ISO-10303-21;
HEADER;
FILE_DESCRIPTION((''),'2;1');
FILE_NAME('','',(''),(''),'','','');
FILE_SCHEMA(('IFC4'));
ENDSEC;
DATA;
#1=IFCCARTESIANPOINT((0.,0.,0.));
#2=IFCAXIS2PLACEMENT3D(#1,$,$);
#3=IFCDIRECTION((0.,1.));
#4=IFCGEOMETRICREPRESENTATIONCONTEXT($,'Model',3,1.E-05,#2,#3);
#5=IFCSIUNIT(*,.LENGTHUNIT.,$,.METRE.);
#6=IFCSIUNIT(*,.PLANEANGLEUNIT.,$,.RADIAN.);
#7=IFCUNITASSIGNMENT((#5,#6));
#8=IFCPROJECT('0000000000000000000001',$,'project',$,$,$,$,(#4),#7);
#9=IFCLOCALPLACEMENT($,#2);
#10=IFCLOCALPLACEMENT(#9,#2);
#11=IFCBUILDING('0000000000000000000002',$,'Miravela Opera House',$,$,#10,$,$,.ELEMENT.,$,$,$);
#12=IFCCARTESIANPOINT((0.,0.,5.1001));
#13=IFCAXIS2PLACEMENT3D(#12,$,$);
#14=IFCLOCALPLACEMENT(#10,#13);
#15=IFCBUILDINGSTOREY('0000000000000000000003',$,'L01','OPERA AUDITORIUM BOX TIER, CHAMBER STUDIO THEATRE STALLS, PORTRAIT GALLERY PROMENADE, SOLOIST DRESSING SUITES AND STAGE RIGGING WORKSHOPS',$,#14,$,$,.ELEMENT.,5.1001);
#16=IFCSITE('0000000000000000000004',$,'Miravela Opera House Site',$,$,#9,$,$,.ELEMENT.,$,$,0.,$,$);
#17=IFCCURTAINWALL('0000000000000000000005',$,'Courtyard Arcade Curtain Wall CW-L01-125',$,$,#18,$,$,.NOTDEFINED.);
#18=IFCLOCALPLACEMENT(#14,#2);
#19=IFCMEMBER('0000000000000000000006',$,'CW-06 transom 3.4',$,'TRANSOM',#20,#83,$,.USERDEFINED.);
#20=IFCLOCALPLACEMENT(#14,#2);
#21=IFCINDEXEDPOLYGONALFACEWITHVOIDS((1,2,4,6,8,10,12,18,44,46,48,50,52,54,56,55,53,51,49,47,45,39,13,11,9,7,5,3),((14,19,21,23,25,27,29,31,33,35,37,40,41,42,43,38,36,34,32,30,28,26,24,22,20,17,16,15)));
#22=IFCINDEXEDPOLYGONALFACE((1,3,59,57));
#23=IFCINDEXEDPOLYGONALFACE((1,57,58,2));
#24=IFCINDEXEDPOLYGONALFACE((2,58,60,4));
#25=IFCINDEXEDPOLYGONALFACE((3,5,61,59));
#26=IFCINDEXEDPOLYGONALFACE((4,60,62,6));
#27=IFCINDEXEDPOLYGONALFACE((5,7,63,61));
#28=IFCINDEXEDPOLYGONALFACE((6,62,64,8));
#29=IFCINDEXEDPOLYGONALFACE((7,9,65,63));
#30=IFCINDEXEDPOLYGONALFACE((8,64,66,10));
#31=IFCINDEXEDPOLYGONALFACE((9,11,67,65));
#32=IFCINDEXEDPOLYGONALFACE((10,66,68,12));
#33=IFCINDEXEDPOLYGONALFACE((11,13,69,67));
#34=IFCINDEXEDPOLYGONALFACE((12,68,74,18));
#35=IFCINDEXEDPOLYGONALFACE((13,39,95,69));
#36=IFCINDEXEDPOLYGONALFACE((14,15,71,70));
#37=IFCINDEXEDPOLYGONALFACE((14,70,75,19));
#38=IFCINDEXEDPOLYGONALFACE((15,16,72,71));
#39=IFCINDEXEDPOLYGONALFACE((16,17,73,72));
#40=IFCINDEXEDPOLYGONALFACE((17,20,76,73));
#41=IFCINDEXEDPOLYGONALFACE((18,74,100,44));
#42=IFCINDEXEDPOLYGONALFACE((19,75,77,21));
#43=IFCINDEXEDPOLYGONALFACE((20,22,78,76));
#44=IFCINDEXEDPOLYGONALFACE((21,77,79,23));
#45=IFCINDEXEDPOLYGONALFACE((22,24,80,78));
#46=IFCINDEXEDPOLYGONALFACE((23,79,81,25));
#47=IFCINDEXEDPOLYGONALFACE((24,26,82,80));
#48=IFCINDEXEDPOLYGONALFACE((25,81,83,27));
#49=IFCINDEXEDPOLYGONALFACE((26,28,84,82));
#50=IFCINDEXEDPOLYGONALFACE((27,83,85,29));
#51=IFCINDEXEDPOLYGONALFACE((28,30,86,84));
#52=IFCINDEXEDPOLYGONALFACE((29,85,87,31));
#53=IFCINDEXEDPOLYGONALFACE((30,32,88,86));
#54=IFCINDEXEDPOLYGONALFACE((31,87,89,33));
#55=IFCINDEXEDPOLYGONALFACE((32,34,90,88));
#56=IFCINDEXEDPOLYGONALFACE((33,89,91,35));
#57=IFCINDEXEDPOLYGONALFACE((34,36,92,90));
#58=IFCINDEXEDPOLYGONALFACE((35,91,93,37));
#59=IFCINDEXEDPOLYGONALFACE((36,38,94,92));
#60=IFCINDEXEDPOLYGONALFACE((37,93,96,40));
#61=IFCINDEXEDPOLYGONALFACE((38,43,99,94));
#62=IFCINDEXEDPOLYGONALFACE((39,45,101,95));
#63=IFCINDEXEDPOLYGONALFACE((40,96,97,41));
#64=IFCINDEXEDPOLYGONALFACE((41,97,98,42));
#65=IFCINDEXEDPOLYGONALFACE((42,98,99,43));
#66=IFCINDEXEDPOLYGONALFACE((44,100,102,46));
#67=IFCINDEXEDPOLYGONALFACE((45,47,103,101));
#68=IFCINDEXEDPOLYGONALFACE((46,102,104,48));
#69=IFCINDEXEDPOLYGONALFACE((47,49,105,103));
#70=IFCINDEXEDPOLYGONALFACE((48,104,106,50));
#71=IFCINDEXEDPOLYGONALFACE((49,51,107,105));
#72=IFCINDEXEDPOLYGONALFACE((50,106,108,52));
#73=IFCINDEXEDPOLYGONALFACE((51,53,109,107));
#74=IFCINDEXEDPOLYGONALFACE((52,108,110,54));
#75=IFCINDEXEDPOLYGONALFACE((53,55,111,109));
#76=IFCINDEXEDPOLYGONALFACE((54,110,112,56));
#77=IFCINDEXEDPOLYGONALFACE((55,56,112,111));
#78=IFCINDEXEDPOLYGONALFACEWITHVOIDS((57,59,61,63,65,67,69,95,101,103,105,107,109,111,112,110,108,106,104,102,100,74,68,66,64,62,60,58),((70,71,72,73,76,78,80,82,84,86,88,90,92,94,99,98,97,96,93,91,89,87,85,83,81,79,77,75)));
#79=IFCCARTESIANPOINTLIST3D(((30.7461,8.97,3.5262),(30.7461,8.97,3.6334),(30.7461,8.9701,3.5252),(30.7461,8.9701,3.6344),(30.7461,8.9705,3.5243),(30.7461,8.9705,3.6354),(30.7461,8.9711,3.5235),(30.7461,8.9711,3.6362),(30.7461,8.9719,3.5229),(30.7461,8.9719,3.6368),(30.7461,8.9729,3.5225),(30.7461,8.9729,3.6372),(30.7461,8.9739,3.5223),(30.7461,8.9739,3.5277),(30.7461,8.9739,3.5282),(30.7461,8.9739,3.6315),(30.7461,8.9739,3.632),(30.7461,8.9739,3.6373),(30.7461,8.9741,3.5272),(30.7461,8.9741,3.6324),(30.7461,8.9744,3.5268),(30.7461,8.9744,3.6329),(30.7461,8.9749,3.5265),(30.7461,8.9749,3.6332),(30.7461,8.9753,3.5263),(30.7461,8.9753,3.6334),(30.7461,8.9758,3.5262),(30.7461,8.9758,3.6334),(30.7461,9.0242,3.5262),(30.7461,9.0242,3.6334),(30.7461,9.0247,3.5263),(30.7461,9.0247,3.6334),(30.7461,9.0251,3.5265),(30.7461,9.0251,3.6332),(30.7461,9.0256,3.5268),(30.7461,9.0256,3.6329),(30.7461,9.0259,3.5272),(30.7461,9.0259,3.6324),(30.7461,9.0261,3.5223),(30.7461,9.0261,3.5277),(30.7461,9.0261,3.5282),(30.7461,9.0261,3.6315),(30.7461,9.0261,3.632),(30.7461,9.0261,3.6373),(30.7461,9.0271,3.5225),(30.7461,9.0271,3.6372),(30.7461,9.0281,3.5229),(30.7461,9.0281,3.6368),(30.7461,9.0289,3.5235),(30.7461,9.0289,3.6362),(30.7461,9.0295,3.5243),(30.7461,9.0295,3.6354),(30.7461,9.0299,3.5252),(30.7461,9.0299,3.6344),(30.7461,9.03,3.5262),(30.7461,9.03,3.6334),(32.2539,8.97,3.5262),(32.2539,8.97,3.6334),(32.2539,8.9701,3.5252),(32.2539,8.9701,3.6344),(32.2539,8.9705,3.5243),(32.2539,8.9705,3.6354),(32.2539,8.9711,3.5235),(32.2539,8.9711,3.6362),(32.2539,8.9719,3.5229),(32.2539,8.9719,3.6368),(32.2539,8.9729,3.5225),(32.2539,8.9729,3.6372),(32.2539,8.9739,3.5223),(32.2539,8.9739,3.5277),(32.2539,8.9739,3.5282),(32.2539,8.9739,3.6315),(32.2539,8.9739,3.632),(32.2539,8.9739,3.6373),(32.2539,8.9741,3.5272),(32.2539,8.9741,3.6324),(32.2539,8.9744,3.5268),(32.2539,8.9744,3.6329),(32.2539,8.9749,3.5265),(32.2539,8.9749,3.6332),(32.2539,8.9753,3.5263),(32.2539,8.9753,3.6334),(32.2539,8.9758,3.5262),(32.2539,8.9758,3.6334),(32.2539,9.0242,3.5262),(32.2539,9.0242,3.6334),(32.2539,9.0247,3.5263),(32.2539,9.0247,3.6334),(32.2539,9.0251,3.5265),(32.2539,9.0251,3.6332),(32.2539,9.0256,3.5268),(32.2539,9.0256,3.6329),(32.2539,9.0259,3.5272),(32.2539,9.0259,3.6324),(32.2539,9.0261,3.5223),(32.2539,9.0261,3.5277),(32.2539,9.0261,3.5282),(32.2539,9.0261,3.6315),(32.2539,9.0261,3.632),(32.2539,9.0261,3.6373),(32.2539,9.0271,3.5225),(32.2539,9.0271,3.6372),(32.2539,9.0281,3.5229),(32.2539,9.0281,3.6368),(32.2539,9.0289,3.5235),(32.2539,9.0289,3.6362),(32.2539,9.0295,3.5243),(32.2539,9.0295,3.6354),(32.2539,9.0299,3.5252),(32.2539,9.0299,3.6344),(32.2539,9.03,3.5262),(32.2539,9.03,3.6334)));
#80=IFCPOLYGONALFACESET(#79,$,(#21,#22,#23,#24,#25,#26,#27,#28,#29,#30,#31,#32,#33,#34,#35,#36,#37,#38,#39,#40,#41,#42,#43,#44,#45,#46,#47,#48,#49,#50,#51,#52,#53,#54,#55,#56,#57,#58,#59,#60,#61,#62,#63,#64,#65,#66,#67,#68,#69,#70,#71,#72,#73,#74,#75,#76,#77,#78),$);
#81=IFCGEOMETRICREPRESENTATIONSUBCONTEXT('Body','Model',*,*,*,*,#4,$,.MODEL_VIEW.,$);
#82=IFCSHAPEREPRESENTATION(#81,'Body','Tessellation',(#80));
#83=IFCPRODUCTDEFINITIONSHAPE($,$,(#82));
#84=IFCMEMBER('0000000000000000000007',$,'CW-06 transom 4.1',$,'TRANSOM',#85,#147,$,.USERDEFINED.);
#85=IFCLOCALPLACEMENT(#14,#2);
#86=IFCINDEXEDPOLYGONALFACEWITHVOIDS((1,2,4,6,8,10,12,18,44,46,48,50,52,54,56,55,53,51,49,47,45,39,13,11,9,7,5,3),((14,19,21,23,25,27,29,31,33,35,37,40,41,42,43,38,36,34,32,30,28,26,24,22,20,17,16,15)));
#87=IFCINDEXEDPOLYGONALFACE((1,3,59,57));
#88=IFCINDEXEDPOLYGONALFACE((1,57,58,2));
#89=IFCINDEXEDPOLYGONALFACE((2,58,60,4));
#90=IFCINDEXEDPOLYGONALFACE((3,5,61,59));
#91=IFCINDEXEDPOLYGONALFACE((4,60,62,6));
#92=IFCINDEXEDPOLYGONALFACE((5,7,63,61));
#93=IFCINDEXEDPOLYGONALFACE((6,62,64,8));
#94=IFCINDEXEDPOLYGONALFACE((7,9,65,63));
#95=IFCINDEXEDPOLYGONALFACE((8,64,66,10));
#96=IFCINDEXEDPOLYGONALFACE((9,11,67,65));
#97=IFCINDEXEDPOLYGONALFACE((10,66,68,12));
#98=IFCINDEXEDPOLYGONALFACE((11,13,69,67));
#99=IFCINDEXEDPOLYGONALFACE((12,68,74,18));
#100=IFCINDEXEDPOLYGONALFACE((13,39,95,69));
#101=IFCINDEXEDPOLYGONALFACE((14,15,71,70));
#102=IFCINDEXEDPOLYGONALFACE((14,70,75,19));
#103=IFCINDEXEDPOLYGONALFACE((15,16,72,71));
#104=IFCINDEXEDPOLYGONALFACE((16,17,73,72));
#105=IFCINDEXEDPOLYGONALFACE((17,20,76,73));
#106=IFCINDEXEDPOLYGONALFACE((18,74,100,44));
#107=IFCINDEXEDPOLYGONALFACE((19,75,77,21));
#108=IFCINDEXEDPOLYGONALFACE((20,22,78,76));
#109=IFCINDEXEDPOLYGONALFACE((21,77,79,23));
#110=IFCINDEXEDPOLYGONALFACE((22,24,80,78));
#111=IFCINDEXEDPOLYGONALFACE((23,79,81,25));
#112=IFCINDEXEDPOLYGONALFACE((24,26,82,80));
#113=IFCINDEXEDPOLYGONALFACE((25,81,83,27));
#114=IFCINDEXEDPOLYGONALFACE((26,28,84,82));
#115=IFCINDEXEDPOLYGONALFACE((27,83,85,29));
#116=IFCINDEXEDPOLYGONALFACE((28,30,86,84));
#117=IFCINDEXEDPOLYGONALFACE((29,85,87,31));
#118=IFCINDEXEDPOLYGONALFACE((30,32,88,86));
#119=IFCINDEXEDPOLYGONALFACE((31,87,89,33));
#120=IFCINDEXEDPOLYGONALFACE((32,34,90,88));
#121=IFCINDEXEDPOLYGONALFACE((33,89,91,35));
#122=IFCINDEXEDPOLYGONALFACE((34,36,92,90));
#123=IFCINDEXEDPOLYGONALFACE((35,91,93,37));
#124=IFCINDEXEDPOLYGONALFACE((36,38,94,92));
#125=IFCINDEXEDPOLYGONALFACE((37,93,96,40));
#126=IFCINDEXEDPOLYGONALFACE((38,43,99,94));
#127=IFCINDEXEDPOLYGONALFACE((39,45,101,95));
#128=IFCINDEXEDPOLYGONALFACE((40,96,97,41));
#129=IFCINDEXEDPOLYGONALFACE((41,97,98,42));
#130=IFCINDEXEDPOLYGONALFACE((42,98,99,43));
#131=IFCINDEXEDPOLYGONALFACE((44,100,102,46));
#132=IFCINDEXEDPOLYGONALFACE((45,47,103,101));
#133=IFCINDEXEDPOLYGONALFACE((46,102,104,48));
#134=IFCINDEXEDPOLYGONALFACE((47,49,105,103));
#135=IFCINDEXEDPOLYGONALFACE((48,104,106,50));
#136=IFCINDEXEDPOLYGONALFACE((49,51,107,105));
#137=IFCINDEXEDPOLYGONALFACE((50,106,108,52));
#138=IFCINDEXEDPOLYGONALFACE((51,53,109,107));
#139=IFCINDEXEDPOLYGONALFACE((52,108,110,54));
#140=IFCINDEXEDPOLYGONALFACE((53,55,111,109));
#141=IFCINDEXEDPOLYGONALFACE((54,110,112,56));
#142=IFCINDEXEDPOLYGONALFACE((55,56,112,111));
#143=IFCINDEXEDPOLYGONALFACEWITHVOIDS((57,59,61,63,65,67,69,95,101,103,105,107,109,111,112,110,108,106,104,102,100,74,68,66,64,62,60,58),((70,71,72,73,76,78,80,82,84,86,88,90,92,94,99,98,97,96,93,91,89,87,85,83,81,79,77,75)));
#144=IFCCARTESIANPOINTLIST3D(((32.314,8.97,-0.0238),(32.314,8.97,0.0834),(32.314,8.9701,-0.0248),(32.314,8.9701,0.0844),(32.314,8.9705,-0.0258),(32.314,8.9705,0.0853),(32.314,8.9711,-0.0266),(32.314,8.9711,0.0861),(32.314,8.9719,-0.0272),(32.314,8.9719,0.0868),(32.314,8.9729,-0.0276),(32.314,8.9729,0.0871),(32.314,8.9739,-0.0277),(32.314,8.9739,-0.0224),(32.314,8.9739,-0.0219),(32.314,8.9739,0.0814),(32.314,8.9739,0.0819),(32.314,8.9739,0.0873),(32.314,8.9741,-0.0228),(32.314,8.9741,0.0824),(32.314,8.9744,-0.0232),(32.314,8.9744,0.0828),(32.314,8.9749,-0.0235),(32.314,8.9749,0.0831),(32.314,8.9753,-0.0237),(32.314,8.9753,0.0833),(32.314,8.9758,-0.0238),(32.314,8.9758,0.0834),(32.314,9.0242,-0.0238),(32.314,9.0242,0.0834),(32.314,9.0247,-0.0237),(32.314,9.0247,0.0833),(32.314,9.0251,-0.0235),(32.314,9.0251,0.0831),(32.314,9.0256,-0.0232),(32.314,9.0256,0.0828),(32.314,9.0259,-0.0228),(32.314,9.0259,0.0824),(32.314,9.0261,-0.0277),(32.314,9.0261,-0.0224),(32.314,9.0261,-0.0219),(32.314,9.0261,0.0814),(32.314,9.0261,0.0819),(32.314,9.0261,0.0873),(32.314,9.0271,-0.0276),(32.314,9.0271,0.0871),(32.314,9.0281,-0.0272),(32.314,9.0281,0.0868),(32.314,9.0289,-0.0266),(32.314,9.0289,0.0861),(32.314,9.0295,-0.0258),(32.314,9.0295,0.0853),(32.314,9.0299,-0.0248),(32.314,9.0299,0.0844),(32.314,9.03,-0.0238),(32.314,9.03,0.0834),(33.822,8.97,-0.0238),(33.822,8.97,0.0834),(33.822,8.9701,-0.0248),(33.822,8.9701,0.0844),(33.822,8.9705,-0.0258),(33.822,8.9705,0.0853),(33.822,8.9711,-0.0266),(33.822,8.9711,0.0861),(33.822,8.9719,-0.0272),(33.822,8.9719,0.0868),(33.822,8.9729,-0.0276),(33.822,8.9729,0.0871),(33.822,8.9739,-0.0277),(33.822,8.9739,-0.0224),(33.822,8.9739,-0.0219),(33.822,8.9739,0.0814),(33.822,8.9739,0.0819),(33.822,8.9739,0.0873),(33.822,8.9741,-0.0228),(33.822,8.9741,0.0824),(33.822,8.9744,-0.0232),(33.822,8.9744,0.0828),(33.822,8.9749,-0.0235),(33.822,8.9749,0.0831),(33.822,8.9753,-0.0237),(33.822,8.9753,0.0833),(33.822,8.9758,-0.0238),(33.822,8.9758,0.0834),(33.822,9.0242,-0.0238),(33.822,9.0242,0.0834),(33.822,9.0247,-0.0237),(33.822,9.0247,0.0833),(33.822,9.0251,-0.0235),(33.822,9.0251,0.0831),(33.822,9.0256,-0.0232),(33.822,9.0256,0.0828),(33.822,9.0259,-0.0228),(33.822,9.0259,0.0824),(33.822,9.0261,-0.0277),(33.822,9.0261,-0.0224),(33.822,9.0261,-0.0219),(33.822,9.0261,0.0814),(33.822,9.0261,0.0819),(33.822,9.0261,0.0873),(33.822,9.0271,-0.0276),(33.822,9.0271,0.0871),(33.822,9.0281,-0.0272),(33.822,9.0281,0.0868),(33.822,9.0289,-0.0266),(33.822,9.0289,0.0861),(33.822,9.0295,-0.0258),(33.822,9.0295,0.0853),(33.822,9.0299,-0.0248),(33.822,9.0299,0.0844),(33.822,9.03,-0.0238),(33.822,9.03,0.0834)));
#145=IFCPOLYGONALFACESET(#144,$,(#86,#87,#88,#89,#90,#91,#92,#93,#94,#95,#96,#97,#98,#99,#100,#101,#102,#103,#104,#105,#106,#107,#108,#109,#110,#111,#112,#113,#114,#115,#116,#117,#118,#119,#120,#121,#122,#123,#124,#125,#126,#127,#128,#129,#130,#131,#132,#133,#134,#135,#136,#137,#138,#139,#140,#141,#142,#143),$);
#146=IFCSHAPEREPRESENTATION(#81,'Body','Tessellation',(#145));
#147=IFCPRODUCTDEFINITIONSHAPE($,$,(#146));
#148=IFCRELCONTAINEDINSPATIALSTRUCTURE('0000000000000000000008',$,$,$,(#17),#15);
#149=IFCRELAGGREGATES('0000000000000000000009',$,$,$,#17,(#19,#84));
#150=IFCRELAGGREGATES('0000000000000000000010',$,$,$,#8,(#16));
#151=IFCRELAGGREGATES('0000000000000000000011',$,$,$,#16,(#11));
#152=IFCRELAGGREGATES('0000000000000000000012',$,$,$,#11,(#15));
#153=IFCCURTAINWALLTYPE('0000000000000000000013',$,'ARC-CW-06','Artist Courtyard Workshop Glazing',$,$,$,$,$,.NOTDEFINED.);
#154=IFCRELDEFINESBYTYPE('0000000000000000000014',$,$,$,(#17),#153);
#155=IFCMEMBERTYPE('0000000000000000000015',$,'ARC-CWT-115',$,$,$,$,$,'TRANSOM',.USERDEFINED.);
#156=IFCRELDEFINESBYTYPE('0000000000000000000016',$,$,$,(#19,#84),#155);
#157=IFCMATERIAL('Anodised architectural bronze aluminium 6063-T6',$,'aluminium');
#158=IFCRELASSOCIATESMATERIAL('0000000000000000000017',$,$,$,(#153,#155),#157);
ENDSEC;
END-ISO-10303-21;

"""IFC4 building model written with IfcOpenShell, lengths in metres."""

from ifc_helpers import new_model, si_unit, direction, frame, origin, origin_2d, place, context, subcontext, project, spatial, hollow_rectangle, extrude, material, material_profile, profile_set, type_object, element, aggregate, save


model = new_model("IFC4")

# Units and contexts
model_context = context("Model", 3, precision=1e-05, world=origin(), true_north=direction((0.0, 1.0)))
body_context = subcontext(model_context, "Body", "Model", "MODEL_VIEW")
ifc_project = project(units=[si_unit("LENGTHUNIT", "METRE"), si_unit("PLANEANGLEUNIT", "RADIAN")], contexts=[model_context])

# Site, building, storey
site_placement = place(None, origin())
site = spatial("IfcSite", under=ifc_project, at=site_placement, Name="Miravela Opera House Site", CompositionType="ELEMENT", RefElevation=0.0)
building_placement = place(site_placement, origin())
building = spatial("IfcBuilding", under=site, at=building_placement, Name="Miravela Opera House", CompositionType="ELEMENT")
storey_placement = place(building_placement, frame((0.0, 0.0, 5.1001)))
storey = spatial("IfcBuildingStorey", under=building, at=storey_placement, Name="L01", Description="OPERA AUDITORIUM BOX TIER, CHAMBER STUDIO THEATRE STALLS, PORTRAIT GALLERY PROMENADE, SOLOIST DRESSING SUITES AND STAGE RIGGING WORKSHOPS", CompositionType="ELEMENT", Elevation=5.1001)

# Curtain wall, members
ifc_material_1 = material(Name="Anodised architectural bronze aluminium 6063-T6", Category="aluminium")
curtain_wall_type = type_object("IfcCurtainWallType", Name="ARC-CW-06", Description="Artist Courtyard Workshop Glazing", PredefinedType="NOTDEFINED", material=ifc_material_1)
curtain_wall_placement = place(storey_placement, origin())
curtain_wall = element("IfcCurtainWall", 1, at=curtain_wall_placement, inside=storey, type_object=curtain_wall_type, Name="Courtyard Arcade Curtain Wall CW-L01-125", PredefinedType="NOTDEFINED")
ifc_material_profile_1 = material_profile(ifc_material_1, hollow_rectangle(XDim=0.0601, YDim=0.115, WallThickness=0.0039, InnerFilletRadius=0.002, OuterFilletRadius=0.0039, at=origin_2d()), Name="CWT-60X115")
ifc_profile_set_1 = profile_set([ifc_material_profile_1])
member_type_1 = type_object("IfcMemberType", Name="ARC-CWT-115", ElementType="TRANSOM", PredefinedType="USERDEFINED", material=ifc_profile_set_1)
member_1_placement = place(storey_placement, frame((30.7461, 9.0, 3.5798), z_axis=(1.0, 0.0, 0.0), x_axis=(0.0, 1.0, 0.0)))
member_1 = element("IfcMember", 2, at=member_1_placement, type_object=member_type_1, Name="CW-06 transom 3.4", ObjectType="TRANSOM", PredefinedType="USERDEFINED", context=body_context, shape_type="SweptSolid", body=[
    extrude(hollow_rectangle(XDim=0.0601, YDim=0.115, WallThickness=0.0039, InnerFilletRadius=0.002, OuterFilletRadius=0.0039, at=origin_2d()), origin(), (0.0, 0.0, 1.0), 1.5078),
])
member_2_placement = place(storey_placement, frame((32.314, 9.0, 0.0298), z_axis=(1.0, 0.0, 0.0), x_axis=(0.0, 1.0, 0.0)))
member_2 = element("IfcMember", 3, at=member_2_placement, type_object=member_type_1, Name="CW-06 transom 4.1", ObjectType="TRANSOM", PredefinedType="USERDEFINED", context=body_context, shape_type="SweptSolid", body=[
    extrude(hollow_rectangle(XDim=0.0601, YDim=0.115, WallThickness=0.0039, InnerFilletRadius=0.002, OuterFilletRadius=0.0039, at=origin_2d()), origin(), (0.0, 0.0, 1.0), 1.5081),
])

aggregate(curtain_wall, [member_1, member_2])

save(model, "model.ifc")
